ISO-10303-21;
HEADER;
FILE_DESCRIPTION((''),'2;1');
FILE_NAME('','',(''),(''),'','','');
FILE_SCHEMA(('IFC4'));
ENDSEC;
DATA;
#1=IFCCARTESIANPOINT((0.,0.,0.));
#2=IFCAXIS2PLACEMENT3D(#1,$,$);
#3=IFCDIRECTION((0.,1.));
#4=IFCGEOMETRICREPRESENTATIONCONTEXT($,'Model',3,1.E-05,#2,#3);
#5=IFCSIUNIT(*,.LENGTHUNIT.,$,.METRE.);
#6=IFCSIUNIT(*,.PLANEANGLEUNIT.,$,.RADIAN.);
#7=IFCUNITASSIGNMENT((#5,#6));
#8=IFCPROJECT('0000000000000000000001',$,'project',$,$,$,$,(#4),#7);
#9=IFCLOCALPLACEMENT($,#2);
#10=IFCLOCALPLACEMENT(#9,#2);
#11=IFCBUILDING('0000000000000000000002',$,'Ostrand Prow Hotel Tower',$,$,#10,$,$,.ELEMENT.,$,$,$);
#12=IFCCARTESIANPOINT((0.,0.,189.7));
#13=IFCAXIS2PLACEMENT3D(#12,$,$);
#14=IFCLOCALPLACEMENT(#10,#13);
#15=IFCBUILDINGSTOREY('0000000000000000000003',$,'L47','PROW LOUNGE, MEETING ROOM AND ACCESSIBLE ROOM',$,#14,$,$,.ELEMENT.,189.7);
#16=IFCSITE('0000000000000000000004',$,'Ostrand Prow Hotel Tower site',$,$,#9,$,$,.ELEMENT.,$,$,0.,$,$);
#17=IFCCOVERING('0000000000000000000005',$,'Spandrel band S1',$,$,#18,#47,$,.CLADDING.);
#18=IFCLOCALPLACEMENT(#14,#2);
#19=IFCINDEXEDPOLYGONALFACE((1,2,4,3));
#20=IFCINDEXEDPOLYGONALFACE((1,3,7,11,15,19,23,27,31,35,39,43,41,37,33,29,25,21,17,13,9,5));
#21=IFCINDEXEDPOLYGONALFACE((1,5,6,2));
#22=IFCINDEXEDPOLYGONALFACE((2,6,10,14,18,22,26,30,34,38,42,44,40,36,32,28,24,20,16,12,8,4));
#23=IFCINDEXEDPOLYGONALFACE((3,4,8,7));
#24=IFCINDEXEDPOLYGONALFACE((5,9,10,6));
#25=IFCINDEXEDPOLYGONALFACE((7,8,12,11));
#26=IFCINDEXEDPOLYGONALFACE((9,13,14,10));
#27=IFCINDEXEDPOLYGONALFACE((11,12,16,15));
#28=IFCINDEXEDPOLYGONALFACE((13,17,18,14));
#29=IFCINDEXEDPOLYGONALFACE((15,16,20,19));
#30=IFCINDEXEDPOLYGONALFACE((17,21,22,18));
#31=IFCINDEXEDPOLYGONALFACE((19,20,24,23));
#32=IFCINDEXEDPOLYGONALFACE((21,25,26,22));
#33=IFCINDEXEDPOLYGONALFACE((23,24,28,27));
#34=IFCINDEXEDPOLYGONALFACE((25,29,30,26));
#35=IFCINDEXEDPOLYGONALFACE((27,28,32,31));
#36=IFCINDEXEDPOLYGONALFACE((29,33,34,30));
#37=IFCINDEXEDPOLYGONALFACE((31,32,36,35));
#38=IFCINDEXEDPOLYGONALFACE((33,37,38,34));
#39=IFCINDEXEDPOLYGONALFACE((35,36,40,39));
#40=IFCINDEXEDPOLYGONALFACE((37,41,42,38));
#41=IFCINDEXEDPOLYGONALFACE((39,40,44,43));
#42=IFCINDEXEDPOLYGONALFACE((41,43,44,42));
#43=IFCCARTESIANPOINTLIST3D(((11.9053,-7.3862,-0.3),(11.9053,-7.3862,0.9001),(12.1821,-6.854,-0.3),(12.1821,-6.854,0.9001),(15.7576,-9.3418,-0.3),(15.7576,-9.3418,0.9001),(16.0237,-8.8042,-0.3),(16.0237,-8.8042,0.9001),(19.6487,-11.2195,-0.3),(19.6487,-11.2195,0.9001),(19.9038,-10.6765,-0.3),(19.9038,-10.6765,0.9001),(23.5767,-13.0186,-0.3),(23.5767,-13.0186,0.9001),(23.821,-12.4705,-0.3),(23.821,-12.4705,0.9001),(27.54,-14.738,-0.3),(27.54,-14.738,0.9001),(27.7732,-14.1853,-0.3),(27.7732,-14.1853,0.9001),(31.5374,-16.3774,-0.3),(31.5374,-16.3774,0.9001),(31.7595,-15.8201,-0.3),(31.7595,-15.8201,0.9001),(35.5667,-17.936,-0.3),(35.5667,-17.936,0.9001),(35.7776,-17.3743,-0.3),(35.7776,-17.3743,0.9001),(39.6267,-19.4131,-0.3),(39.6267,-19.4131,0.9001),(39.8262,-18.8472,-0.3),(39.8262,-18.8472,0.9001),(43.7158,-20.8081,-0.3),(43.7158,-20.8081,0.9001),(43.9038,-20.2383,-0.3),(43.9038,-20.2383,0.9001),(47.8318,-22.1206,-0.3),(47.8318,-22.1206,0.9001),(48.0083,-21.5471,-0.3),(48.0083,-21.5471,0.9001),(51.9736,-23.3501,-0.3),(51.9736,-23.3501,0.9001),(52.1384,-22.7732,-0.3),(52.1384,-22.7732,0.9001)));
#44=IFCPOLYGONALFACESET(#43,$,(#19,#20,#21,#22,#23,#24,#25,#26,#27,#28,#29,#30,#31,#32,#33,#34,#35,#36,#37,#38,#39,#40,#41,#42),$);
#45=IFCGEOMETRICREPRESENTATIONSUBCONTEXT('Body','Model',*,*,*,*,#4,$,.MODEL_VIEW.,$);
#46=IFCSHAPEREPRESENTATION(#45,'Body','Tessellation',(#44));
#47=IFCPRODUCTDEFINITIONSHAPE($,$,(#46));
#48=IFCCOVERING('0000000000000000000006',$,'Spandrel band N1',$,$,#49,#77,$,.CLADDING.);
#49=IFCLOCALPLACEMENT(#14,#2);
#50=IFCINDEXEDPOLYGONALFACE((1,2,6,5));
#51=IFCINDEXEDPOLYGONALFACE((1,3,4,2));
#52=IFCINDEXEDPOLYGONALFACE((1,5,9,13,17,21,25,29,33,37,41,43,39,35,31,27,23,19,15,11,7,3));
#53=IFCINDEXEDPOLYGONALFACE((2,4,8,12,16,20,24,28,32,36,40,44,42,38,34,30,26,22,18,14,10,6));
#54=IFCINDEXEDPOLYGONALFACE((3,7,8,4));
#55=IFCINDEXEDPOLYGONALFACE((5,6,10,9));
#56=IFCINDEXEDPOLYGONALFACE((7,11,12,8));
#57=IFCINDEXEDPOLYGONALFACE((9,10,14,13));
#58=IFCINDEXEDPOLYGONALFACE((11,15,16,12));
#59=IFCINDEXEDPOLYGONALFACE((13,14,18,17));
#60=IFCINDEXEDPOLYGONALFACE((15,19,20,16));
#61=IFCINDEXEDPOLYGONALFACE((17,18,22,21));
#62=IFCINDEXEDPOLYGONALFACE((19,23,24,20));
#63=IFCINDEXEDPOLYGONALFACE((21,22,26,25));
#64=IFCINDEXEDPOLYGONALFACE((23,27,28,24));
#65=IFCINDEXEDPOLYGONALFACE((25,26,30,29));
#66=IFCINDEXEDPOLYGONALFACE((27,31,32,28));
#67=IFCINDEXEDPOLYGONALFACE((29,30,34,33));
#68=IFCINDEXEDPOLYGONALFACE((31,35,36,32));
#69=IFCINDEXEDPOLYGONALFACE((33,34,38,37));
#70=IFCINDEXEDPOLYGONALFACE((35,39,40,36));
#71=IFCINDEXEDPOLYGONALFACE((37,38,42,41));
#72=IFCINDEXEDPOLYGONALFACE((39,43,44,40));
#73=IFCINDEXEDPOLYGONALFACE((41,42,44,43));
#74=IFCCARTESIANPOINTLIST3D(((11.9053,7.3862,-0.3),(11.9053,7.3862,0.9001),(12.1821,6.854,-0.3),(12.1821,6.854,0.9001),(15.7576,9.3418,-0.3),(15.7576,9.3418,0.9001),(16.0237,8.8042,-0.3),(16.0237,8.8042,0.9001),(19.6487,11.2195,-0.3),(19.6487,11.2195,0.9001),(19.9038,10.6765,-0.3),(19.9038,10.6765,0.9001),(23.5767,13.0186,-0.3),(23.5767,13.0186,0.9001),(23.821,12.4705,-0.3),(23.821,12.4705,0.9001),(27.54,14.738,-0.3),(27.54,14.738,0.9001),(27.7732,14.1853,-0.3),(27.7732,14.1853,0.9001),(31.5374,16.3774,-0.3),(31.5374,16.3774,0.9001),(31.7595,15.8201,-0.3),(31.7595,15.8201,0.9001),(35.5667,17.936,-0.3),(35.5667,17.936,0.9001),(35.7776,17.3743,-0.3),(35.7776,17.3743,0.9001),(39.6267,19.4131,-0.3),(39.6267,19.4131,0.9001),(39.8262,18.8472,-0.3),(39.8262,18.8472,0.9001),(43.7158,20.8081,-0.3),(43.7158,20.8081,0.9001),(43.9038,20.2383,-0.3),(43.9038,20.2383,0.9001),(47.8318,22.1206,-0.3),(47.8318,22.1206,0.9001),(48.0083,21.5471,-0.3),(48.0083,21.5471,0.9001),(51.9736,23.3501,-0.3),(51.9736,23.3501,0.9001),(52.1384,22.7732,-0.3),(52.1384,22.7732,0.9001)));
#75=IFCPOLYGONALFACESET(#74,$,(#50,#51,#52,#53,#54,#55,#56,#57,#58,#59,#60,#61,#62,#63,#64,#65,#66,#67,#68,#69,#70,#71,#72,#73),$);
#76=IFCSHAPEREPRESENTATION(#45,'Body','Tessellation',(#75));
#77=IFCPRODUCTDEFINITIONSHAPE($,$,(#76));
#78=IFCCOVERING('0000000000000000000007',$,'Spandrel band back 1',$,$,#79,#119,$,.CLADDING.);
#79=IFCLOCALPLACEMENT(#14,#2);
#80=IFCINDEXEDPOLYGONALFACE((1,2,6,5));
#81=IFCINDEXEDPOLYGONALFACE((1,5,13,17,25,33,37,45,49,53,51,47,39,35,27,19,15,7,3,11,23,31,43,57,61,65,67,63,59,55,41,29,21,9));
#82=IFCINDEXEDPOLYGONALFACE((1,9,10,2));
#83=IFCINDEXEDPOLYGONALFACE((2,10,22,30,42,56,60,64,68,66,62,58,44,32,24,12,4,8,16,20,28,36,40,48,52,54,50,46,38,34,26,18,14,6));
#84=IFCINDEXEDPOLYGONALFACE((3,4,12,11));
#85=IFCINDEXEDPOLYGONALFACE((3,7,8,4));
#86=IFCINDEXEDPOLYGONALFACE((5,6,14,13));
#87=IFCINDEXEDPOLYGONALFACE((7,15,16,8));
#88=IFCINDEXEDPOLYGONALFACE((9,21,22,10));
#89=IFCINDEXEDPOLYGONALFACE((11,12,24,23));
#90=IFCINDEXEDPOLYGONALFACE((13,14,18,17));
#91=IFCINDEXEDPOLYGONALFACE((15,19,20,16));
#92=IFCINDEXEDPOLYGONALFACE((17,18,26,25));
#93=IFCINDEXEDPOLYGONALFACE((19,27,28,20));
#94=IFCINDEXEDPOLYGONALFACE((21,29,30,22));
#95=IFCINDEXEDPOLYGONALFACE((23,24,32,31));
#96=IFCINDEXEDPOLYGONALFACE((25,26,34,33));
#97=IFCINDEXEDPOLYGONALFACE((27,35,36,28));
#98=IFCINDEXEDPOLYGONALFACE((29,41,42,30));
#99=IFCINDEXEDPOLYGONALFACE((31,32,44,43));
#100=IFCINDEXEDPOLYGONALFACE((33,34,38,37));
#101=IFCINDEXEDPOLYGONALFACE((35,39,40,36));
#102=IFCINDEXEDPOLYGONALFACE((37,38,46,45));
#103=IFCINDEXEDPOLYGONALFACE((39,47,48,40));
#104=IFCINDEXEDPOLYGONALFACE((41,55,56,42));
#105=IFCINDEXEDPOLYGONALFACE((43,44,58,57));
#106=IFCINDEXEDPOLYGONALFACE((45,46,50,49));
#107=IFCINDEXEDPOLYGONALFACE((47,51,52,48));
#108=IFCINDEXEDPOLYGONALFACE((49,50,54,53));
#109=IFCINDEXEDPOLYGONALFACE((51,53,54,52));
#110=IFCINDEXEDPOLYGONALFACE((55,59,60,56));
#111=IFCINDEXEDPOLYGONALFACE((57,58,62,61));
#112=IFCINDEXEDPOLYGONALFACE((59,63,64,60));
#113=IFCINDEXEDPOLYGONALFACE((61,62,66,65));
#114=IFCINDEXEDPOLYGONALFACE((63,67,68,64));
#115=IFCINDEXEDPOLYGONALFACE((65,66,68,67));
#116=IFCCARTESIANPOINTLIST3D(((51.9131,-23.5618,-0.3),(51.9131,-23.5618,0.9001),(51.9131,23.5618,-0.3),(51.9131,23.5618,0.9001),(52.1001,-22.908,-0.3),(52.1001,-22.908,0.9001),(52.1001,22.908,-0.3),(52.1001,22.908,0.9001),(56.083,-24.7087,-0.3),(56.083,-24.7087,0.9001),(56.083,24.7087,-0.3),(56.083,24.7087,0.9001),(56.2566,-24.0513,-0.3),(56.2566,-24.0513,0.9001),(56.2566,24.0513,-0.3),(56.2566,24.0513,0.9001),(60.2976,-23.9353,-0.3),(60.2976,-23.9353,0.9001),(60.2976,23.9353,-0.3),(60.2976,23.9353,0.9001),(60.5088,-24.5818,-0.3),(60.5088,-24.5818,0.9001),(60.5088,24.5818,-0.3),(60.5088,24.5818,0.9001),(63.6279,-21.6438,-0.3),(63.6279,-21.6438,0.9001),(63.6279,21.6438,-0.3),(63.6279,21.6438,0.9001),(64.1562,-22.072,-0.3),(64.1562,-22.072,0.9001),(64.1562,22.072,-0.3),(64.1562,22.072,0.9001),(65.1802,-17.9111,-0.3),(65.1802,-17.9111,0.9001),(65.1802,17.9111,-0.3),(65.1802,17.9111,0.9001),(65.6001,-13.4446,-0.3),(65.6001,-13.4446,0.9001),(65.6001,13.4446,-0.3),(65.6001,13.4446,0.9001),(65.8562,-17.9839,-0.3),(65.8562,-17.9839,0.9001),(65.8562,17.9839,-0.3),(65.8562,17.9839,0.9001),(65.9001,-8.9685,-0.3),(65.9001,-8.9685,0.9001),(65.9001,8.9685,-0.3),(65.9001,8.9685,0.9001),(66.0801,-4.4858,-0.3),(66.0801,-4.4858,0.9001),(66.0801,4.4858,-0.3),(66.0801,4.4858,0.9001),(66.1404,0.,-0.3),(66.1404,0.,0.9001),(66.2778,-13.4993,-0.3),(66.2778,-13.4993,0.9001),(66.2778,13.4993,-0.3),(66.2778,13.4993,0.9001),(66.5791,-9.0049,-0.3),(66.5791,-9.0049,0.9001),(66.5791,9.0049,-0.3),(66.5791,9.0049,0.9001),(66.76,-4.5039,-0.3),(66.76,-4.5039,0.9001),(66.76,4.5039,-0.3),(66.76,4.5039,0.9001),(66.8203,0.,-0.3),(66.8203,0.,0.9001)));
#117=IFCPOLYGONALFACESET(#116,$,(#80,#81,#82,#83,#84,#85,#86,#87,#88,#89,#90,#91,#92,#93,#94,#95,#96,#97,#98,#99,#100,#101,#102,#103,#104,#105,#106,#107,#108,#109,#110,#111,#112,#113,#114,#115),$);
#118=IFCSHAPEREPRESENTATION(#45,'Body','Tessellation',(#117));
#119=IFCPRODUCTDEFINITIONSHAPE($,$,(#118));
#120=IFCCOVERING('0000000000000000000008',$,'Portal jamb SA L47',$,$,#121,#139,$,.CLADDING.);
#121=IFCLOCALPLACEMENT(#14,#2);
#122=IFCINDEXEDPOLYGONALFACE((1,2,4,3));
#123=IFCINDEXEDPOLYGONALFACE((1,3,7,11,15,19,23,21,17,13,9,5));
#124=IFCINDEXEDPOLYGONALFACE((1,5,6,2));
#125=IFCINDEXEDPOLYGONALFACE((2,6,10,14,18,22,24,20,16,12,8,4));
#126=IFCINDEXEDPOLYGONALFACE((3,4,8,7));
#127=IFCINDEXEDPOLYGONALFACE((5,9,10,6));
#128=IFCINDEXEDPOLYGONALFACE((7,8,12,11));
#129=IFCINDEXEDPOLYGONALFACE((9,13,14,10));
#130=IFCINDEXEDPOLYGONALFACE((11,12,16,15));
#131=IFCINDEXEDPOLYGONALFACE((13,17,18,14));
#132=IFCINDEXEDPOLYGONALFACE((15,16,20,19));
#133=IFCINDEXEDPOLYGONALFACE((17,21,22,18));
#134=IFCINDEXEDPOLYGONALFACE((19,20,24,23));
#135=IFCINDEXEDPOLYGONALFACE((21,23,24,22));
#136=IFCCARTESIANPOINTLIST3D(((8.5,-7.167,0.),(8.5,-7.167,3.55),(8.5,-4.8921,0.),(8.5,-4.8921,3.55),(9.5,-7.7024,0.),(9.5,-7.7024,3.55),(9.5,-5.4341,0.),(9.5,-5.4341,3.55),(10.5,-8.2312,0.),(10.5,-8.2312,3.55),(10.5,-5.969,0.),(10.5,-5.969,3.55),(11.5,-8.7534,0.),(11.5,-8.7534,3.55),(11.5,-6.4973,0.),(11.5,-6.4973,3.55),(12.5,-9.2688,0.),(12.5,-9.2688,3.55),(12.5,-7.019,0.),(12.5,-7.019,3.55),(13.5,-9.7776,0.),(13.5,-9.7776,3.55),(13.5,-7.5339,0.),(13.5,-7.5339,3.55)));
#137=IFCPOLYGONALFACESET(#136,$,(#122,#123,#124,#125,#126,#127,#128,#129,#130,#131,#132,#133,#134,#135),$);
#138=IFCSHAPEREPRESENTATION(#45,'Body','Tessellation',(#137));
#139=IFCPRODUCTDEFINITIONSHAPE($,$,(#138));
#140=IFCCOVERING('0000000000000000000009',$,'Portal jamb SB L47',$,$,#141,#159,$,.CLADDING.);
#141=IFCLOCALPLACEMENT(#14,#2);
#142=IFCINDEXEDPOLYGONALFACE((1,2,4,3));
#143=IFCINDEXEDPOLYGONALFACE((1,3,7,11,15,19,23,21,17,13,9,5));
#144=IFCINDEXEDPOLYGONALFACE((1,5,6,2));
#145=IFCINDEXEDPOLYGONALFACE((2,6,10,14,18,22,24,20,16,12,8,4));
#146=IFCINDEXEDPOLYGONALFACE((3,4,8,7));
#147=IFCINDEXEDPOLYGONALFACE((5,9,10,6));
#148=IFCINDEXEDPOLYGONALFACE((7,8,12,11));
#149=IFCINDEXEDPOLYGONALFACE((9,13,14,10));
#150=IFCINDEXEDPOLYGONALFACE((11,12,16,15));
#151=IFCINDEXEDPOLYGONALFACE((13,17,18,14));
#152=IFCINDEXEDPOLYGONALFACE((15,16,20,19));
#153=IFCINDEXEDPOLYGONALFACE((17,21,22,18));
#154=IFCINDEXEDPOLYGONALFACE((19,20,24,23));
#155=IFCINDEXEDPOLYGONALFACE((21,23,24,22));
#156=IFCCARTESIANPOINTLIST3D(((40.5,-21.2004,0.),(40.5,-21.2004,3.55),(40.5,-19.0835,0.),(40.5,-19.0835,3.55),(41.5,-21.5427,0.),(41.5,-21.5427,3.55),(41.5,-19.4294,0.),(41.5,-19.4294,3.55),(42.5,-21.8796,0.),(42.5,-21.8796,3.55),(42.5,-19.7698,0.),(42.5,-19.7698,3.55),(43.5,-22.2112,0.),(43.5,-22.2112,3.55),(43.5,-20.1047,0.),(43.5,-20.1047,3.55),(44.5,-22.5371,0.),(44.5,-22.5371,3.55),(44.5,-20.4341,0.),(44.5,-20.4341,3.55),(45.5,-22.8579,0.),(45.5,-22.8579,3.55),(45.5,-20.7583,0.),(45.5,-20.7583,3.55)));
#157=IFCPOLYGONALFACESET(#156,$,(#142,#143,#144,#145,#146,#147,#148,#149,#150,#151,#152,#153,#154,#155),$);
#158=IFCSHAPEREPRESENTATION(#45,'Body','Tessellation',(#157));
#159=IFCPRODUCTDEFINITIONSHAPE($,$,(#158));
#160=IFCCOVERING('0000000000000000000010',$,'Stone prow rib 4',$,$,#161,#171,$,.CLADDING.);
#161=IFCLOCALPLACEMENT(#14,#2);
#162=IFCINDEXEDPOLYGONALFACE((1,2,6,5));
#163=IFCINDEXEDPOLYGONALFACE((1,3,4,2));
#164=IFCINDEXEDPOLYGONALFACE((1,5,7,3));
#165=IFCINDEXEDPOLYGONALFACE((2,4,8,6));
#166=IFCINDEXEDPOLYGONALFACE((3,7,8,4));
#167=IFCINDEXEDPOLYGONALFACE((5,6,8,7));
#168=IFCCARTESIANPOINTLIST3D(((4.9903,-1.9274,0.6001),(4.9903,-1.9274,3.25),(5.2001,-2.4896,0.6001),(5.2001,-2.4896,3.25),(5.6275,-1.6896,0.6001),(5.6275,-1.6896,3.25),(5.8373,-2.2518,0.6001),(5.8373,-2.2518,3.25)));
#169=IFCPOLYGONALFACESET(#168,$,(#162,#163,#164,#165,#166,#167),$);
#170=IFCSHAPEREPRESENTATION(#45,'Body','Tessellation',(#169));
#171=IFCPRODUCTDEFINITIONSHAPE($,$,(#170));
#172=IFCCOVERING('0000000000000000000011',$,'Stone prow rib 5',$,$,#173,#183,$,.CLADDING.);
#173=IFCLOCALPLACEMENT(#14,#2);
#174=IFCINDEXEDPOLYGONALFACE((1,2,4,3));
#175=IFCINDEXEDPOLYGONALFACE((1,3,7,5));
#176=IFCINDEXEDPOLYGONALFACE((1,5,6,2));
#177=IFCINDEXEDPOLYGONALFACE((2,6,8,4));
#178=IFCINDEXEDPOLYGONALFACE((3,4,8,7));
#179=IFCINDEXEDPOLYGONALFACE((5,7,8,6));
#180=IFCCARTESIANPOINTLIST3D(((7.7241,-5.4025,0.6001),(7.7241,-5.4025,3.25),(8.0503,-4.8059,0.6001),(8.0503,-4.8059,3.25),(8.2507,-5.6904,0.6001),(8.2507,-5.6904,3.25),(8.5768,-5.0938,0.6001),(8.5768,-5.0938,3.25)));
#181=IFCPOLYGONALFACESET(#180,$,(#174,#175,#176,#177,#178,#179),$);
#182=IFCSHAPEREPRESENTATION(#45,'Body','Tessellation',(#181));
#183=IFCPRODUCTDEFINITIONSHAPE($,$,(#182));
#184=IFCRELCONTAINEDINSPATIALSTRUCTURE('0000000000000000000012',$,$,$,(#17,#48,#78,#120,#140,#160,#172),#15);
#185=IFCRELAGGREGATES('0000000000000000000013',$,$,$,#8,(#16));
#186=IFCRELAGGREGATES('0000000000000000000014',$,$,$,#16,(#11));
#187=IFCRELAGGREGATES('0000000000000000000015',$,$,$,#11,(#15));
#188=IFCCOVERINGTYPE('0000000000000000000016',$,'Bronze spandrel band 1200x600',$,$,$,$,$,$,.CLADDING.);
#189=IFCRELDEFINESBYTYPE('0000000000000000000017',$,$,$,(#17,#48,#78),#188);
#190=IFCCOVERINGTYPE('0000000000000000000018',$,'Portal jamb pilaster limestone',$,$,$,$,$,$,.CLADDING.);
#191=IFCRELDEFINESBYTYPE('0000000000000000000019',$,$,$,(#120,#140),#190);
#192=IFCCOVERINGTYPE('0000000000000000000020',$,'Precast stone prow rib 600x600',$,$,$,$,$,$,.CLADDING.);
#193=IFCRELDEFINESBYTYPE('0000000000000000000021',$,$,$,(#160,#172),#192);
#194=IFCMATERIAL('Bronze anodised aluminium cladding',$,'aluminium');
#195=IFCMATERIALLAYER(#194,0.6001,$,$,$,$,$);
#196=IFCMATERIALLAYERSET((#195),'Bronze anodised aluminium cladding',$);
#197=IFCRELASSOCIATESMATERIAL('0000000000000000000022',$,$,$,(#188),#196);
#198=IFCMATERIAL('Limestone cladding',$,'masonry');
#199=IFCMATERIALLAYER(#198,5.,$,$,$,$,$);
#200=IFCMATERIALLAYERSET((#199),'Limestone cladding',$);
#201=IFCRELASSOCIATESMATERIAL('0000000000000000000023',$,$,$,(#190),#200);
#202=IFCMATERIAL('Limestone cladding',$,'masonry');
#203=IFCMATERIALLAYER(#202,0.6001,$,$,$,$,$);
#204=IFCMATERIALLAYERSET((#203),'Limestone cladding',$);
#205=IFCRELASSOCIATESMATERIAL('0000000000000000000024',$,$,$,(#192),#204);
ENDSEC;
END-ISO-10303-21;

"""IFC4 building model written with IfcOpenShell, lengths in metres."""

from ifc_helpers import new_model, si_unit, direction, frame, frame_2d, origin, place, context, subcontext, project, spatial, polyline, rectangle, outline, extrude, material, layer, layer_set, type_object, element, save


model = new_model("IFC4")

# Units and contexts
model_context = context("Model", 3, precision=1e-05, world=origin(), true_north=direction((0.0, 1.0)))
body_context = subcontext(model_context, "Body", "Model", "MODEL_VIEW")
ifc_project = project(units=[si_unit("LENGTHUNIT", "METRE"), si_unit("PLANEANGLEUNIT", "RADIAN")], contexts=[model_context])

# Site, building, storey
site_placement = place(None, origin())
site = spatial("IfcSite", under=ifc_project, at=site_placement, Name="Ostrand Prow Hotel Tower site", CompositionType="ELEMENT", RefElevation=0.0)
building_placement = place(site_placement, origin())
building = spatial("IfcBuilding", under=site, at=building_placement, Name="Ostrand Prow Hotel Tower", CompositionType="ELEMENT")
storey_placement = place(building_placement, frame((0.0, 0.0, 189.7)))
storey = spatial("IfcBuildingStorey", under=building, at=storey_placement, Name="L47", Description="PROW LOUNGE, MEETING ROOM AND ACCESSIBLE ROOM", CompositionType="ELEMENT", Elevation=189.7)

# Coverings
ifc_material_1 = material(Name="Bronze anodised aluminium cladding", Category="aluminium")
ifc_layer_1 = layer(ifc_material_1, 0.6001)
ifc_layer_set_1 = layer_set([ifc_layer_1], Name="Bronze anodised aluminium cladding")
covering_type_1 = type_object("IfcCoveringType", Name="Bronze spandrel band 1200x600", PredefinedType="CLADDING", material=ifc_layer_set_1)
covering_1_placement = place(storey_placement, frame((0.0, 0.0, -0.3)))
element("IfcCovering", 1, at=covering_1_placement, inside=storey, type_object=covering_type_1, Name="Spandrel band S1", PredefinedType="CLADDING", context=body_context, shape_type="SweptSolid", body=[
    extrude(outline(polyline([(11.9053, -7.3862), (15.7576, -9.3418), (19.6487, -11.2195), (23.5767, -13.0186), (27.54, -14.738), (31.5374, -16.3774), (35.5667, -17.936), (39.6267, -19.4131), (43.7158, -20.8081), (47.8318, -22.1206), (51.9736, -23.3501), (52.1384, -22.7732), (48.0083, -21.5471), (43.9038, -20.2383), (39.8262, -18.8472), (35.7776, -17.3743), (31.7595, -15.8201), (27.7732, -14.1853), (23.821, -12.4705), (19.9038, -10.6765), (16.0237, -8.8042), (12.1821, -6.854), (11.9053, -7.3862)])), origin(), (0.0, 0.0, 1.0), 1.2002),
])
covering_2_placement = place(storey_placement, frame((0.0, 0.0, -0.3)))
element("IfcCovering", 2, at=covering_2_placement, inside=storey, type_object=covering_type_1, Name="Spandrel band N1", PredefinedType="CLADDING", context=body_context, shape_type="SweptSolid", body=[
    extrude(outline(polyline([(51.9736, 23.3501), (47.8318, 22.1206), (43.7158, 20.8081), (39.6267, 19.4131), (35.5667, 17.936), (31.5374, 16.3774), (27.54, 14.738), (23.5767, 13.0186), (19.6487, 11.2195), (15.7576, 9.3418), (11.9053, 7.3862), (12.1821, 6.854), (16.0237, 8.8042), (19.9038, 10.6765), (23.821, 12.4705), (27.7732, 14.1853), (31.7595, 15.8201), (35.7776, 17.3743), (39.8262, 18.8472), (43.9038, 20.2383), (48.0083, 21.5471), (52.1384, 22.7732), (51.9736, 23.3501)])), origin(), (0.0, 0.0, 1.0), 1.2002),
])
covering_3_placement = place(storey_placement, frame((0.0, 0.0, -0.3)))
element("IfcCovering", 3, at=covering_3_placement, inside=storey, type_object=covering_type_1, Name="Spandrel band back 1", PredefinedType="CLADDING", context=body_context, shape_type="SweptSolid", body=[
    extrude(outline(polyline([(51.9131, -23.5618), (56.083, -24.7087), (60.5088, -24.5818), (64.1562, -22.072), (65.8562, -17.9839), (66.2778, -13.4993), (66.5791, -9.0049), (66.76, -4.5039), (66.8203, 0.0), (66.76, 4.5039), (66.5791, 9.0049), (66.2778, 13.4993), (65.8562, 17.9839), (64.1562, 22.072), (60.5088, 24.5818), (56.083, 24.7087), (51.9131, 23.5618), (52.1001, 22.908), (56.2566, 24.0513), (60.2976, 23.9353), (63.6279, 21.6438), (65.1802, 17.9111), (65.6001, 13.4446), (65.9001, 8.9685), (66.0801, 4.4858), (66.1404, 0.0), (66.0801, -4.4858), (65.9001, -8.9685), (65.6001, -13.4446), (65.1802, -17.9111), (63.6279, -21.6438), (60.2976, -23.9353), (56.2566, -24.0513), (52.1001, -22.908), (51.9131, -23.5618)])), origin(), (0.0, 0.0, 1.0), 1.2002),
])
ifc_material_2 = material(Name="Limestone cladding", Category="masonry")
ifc_layer_2 = layer(ifc_material_2, 5.0)
ifc_layer_set_2 = layer_set([ifc_layer_2], Name="Limestone cladding")
covering_type_2 = type_object("IfcCoveringType", Name="Portal jamb pilaster limestone", PredefinedType="CLADDING", material=ifc_layer_set_2)
covering_4_placement = place(storey_placement, origin())
element("IfcCovering", 4, at=covering_4_placement, inside=storey, type_object=covering_type_2, Name="Portal jamb SA L47", PredefinedType="CLADDING", context=body_context, shape_type="SweptSolid", body=[
    extrude(outline(polyline([(8.5, -4.8921), (8.5, -7.167), (9.5, -7.7024), (10.5, -8.2312), (11.5, -8.7534), (12.5, -9.2688), (13.5, -9.7776), (13.5, -7.5339), (12.5, -7.019), (11.5, -6.4973), (10.5, -5.969), (9.5, -5.4341), (8.5, -4.8921)])), origin(), (0.0, 0.0, 1.0), 3.55),
])
covering_5_placement = place(storey_placement, origin())
element("IfcCovering", 5, at=covering_5_placement, inside=storey, type_object=covering_type_2, Name="Portal jamb SB L47", PredefinedType="CLADDING", context=body_context, shape_type="SweptSolid", body=[
    extrude(outline(polyline([(40.5, -19.0835), (40.5, -21.2004), (41.5, -21.5427), (42.5, -21.8796), (43.5, -22.2112), (44.5, -22.5371), (45.5, -22.8579), (45.5, -20.7583), (44.5, -20.4341), (43.5, -20.1047), (42.5, -19.7698), (41.5, -19.4294), (40.5, -19.0835)])), origin(), (0.0, 0.0, 1.0), 3.55),
])
ifc_material_3 = material(Name="Limestone cladding", Category="masonry")
ifc_layer_3 = layer(ifc_material_3, 0.6001)
ifc_layer_set_3 = layer_set([ifc_layer_3], Name="Limestone cladding")
covering_type_3 = type_object("IfcCoveringType", Name="Precast stone prow rib 600x600", PredefinedType="CLADDING", material=ifc_layer_set_3)
covering_6_placement = place(storey_placement, frame((5.7324, -1.9707, 0.6001), z_axis=(0.0, 0.0, 1.0), x_axis=(-0.936889, -0.349628, 0.0)))
element("IfcCovering", 6, at=covering_6_placement, inside=storey, type_object=covering_type_3, Name="Stone prow rib 4", PredefinedType="CLADDING", context=body_context, shape_type="SweptSolid", body=[
    extrude(rectangle(XDim=0.6802, YDim=0.6001, at=frame_2d((0.3401, 0.0))), origin(), (0.0, 0.0, 1.0), 2.6499),
])
covering_7_placement = place(storey_placement, frame((8.3135, -4.95, 0.6001), z_axis=(0.0, 0.0, 1.0), x_axis=(-0.479657, -0.877456, 0.0)))
element("IfcCovering", 7, at=covering_7_placement, inside=storey, type_object=covering_type_3, Name="Stone prow rib 5", PredefinedType="CLADDING", context=body_context, shape_type="SweptSolid", body=[
    extrude(rectangle(XDim=0.6799, YDim=0.6001, at=frame_2d((0.3398, 0.0))), origin(), (0.0, 0.0, 1.0), 2.6499),
])

save(model, "model.ifc")
